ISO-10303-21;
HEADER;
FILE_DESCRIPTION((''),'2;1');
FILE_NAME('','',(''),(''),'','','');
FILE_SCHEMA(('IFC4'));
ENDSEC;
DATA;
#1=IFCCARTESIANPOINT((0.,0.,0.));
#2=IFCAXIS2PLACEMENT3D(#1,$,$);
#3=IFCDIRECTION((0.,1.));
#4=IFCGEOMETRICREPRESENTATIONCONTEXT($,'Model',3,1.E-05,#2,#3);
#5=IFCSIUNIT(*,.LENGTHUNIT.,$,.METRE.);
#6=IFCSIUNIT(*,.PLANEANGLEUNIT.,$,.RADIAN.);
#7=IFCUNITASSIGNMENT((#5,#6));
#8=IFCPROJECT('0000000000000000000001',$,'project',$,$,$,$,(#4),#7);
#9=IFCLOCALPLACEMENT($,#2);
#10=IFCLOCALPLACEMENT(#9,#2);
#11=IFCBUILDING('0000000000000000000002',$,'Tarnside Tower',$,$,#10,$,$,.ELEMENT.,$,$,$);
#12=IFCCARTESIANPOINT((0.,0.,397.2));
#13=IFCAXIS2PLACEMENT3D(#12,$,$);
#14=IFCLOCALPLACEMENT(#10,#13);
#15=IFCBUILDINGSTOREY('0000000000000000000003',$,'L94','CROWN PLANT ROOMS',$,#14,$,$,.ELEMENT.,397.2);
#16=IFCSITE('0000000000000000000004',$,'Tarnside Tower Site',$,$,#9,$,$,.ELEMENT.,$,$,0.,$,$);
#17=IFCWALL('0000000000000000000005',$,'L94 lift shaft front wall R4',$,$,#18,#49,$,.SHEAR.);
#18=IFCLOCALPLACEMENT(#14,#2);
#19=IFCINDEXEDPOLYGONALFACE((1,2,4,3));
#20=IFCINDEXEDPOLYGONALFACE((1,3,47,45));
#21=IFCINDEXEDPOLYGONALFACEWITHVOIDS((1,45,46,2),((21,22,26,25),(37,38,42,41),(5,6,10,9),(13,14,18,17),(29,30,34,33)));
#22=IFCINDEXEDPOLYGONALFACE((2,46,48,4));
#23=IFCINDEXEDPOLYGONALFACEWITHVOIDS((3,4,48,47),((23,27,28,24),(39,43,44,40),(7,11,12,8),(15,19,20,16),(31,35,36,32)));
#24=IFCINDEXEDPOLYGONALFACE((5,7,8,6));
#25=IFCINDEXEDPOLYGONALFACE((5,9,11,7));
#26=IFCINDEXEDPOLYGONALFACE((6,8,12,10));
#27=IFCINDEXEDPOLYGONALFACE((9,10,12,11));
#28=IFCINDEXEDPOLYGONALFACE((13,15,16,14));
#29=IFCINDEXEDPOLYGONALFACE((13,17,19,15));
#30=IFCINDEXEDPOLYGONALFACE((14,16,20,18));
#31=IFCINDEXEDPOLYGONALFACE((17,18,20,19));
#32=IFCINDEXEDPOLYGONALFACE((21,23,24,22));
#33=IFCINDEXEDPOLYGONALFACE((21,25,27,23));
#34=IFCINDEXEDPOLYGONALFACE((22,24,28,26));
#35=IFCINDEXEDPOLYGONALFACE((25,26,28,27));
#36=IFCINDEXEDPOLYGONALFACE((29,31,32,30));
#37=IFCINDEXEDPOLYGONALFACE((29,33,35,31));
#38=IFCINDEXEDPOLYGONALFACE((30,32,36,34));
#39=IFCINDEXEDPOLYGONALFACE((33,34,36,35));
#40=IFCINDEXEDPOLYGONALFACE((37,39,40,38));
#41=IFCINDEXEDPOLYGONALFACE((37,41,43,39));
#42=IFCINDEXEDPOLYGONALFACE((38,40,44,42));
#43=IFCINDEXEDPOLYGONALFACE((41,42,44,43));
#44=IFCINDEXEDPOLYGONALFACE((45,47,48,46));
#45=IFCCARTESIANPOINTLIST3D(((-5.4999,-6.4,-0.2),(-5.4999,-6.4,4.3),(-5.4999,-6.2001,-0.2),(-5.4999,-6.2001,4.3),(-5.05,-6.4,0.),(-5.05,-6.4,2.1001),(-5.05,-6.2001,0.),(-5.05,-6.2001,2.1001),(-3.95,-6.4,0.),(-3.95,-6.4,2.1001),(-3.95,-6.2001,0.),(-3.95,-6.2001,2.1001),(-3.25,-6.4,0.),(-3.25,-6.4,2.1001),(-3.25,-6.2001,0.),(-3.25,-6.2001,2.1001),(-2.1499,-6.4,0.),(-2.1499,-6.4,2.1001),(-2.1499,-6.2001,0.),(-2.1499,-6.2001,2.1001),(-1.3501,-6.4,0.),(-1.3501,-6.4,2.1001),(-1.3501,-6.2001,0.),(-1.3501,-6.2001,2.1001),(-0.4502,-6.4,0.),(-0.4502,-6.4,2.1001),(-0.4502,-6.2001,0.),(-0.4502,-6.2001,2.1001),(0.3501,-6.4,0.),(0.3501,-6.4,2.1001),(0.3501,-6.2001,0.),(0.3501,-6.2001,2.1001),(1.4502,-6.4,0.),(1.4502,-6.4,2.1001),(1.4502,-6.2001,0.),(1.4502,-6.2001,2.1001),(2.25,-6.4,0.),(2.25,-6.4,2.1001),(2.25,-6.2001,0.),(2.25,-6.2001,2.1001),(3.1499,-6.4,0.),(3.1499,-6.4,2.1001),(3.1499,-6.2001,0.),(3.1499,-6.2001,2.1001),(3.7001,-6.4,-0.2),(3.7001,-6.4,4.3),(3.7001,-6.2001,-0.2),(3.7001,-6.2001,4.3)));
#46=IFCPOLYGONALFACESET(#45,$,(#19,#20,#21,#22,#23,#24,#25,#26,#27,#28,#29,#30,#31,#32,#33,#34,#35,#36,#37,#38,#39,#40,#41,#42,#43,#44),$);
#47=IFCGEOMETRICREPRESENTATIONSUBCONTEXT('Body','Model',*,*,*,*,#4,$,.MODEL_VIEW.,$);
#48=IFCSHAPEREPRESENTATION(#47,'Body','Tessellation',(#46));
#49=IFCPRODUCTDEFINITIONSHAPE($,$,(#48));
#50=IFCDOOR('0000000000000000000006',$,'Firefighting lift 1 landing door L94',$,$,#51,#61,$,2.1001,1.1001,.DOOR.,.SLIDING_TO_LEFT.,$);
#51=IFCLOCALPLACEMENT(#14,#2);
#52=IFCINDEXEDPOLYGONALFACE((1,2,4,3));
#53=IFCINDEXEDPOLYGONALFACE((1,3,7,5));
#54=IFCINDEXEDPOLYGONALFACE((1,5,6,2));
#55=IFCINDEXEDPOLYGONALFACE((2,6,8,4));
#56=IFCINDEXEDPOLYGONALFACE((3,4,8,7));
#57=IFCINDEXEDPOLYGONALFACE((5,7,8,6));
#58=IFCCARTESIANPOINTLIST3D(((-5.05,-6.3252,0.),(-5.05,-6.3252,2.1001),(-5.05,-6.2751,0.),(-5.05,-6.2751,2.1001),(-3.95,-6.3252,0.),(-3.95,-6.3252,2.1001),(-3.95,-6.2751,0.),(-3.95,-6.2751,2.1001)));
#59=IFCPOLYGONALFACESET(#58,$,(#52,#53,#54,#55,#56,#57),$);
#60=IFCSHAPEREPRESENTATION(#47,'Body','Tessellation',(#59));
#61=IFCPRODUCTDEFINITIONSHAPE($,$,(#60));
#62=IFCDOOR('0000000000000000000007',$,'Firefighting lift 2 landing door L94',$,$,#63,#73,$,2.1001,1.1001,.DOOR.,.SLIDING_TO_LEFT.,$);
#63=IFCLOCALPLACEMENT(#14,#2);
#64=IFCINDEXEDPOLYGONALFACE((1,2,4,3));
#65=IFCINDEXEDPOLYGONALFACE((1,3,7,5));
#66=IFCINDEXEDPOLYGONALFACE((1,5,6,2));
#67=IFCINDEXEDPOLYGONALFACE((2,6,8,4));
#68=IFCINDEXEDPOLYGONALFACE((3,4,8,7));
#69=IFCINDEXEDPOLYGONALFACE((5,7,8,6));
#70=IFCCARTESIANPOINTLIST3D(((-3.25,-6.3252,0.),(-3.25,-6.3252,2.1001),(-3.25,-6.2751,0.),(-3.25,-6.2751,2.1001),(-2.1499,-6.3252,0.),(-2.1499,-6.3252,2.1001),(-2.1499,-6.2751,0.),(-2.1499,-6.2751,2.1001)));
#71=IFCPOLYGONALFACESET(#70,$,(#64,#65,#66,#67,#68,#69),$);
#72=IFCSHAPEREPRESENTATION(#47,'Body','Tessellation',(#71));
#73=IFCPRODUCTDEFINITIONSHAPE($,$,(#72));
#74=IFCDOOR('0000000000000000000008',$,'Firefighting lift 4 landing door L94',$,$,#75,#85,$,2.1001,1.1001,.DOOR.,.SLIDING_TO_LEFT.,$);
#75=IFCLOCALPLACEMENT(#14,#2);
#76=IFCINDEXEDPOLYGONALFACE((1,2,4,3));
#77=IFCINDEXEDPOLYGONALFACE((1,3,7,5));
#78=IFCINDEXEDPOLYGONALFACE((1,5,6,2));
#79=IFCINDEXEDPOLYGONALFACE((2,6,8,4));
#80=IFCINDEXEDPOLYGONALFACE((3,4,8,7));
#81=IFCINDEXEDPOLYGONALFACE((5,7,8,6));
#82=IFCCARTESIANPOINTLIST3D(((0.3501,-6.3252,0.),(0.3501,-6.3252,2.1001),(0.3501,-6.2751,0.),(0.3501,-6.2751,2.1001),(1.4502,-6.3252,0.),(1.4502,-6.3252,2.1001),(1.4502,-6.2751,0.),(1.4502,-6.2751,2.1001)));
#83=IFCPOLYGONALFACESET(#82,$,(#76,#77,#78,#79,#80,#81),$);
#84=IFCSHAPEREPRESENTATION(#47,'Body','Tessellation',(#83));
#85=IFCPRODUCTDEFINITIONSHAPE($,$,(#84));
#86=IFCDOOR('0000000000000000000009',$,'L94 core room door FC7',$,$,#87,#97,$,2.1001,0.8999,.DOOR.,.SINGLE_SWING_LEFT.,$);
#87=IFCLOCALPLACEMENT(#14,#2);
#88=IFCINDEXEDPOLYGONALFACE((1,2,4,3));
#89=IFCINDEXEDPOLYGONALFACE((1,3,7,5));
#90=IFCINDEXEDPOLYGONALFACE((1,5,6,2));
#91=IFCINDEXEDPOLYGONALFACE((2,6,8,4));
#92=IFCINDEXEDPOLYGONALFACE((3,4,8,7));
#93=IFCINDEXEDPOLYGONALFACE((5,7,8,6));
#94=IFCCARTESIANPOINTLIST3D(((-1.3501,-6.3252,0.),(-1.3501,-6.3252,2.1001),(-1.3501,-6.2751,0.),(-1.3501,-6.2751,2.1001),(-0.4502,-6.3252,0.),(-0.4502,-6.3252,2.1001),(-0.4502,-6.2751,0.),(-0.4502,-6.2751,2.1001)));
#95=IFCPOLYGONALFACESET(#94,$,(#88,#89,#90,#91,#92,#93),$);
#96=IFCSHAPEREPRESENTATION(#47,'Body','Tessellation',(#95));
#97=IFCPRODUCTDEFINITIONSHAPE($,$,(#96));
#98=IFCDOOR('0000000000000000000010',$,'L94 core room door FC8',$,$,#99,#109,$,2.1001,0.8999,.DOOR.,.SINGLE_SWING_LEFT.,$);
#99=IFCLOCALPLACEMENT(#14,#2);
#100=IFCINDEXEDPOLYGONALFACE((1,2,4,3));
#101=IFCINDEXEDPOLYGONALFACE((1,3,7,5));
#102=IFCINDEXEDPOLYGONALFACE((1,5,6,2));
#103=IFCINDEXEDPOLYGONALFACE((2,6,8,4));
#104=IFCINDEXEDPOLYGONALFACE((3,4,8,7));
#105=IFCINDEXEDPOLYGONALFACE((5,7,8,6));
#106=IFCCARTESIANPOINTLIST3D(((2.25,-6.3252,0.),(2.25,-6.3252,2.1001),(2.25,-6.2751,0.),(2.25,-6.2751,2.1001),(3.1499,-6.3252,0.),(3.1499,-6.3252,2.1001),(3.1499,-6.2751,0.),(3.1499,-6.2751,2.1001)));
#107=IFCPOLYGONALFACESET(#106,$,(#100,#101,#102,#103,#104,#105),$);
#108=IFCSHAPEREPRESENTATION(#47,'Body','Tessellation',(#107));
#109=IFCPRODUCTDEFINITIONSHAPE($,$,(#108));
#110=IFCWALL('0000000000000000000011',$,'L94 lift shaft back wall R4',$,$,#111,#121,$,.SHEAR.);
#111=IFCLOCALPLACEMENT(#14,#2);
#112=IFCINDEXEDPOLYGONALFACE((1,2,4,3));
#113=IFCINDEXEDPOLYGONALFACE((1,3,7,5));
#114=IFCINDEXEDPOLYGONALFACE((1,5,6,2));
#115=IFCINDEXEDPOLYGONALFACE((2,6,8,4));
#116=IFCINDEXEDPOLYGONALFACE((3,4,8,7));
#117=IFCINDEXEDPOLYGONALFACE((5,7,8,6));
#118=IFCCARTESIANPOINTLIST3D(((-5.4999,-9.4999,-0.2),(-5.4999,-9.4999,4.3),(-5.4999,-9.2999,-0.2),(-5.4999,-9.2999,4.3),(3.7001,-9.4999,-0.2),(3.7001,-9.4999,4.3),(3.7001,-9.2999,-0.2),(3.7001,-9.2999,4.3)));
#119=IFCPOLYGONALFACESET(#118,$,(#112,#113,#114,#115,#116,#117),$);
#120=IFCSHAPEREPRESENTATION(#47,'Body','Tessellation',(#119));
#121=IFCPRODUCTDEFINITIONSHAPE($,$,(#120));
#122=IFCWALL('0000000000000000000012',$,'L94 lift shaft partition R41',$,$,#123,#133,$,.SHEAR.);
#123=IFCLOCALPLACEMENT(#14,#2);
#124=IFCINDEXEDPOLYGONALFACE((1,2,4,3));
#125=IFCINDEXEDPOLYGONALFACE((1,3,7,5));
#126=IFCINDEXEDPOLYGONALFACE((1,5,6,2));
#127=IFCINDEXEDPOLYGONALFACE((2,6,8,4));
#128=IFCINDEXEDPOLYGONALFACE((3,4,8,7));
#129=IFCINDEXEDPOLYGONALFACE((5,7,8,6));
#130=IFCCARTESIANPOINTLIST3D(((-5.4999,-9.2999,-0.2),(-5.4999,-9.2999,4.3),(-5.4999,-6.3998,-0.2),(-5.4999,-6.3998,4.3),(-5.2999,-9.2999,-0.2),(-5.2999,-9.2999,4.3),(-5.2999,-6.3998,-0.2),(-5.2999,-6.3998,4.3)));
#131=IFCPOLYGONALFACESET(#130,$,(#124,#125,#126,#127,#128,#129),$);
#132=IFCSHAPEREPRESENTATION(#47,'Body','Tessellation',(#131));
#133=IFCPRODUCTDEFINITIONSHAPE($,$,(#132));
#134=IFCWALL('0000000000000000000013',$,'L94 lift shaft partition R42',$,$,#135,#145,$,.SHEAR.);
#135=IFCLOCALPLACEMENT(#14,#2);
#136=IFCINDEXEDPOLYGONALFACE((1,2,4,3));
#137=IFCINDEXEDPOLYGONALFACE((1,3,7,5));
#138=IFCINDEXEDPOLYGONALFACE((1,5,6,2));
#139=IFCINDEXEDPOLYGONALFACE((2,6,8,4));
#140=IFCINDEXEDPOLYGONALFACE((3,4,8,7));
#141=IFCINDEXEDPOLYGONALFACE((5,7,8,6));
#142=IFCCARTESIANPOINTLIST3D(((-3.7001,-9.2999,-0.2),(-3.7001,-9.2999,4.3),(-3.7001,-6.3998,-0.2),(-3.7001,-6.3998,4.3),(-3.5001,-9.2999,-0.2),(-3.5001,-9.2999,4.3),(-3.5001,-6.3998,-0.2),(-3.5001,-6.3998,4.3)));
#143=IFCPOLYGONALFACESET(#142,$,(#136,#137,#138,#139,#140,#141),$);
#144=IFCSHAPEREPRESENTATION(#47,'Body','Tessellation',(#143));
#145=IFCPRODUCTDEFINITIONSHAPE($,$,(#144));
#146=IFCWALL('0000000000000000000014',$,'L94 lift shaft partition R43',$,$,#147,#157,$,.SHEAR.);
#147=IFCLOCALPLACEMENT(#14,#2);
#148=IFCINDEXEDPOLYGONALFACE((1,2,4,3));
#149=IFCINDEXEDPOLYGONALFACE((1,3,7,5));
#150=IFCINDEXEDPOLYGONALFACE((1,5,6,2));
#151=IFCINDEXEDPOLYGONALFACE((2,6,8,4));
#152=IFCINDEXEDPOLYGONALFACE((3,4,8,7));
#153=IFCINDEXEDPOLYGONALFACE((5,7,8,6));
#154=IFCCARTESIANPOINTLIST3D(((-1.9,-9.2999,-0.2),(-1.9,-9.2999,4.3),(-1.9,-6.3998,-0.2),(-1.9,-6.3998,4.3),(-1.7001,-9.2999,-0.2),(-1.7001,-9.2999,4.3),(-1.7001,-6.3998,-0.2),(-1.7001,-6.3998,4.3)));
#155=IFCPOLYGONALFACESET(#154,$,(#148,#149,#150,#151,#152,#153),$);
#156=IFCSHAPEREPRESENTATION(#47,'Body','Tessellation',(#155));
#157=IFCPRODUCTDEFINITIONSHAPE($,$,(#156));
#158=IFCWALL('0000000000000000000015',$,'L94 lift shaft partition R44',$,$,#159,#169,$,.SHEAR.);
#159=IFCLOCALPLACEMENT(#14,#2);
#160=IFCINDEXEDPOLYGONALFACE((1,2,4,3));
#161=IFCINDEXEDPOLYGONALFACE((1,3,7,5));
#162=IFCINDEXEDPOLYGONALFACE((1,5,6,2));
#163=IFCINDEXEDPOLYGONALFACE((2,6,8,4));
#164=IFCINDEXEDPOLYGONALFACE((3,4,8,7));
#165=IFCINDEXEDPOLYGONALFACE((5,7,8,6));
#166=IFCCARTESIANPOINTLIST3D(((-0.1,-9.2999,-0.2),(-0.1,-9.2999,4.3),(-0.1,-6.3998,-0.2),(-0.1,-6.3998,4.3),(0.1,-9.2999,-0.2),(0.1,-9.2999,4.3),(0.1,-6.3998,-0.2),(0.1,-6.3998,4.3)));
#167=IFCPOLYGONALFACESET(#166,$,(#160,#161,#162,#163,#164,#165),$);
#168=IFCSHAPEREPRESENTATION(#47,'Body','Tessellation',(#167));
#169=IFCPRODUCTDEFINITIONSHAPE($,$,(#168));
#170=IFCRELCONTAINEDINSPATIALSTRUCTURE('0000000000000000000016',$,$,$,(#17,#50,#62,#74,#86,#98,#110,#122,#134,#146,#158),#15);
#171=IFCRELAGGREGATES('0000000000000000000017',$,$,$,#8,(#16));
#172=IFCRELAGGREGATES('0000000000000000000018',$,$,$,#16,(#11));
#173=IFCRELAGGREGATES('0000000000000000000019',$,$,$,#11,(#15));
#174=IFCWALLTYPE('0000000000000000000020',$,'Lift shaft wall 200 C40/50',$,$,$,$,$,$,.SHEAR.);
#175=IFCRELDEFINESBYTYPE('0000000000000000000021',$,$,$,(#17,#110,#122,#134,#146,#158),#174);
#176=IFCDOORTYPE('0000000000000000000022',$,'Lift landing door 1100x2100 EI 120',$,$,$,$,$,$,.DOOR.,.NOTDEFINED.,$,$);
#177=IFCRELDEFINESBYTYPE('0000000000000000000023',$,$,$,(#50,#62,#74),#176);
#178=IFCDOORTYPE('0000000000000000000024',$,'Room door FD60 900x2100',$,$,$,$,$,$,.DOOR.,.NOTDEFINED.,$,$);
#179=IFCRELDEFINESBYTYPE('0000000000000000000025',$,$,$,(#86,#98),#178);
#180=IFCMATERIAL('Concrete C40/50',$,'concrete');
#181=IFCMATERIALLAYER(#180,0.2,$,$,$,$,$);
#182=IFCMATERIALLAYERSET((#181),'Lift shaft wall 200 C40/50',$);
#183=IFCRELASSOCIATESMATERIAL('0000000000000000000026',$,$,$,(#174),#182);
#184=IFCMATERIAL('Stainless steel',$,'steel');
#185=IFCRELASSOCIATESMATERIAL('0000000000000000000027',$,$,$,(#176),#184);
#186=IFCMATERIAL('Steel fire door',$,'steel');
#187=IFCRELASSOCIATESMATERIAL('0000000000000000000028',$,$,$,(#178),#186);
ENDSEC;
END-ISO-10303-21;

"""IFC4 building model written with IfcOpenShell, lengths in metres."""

from ifc_helpers import new_model, si_unit, direction, frame, frame_2d, origin, place, context, subcontext, project, spatial, rectangle, extrude, material, layer, layer_set, type_object, element, fill, save


model = new_model("IFC4")

# Units and contexts
model_context = context("Model", 3, precision=1e-05, world=origin(), true_north=direction((0.0, 1.0)))
body_context = subcontext(model_context, "Body", "Model", "MODEL_VIEW")
ifc_project = project(units=[si_unit("LENGTHUNIT", "METRE"), si_unit("PLANEANGLEUNIT", "RADIAN")], contexts=[model_context])

# Site, building, storey
site_placement = place(None, origin())
site = spatial("IfcSite", under=ifc_project, at=site_placement, Name="Tarnside Tower Site", CompositionType="ELEMENT", RefElevation=0.0)
building_placement = place(site_placement, origin())
building = spatial("IfcBuilding", under=site, at=building_placement, Name="Tarnside Tower", CompositionType="ELEMENT")
storey_placement = place(building_placement, frame((0.0, 0.0, 397.2)))
storey = spatial("IfcBuildingStorey", under=building, at=storey_placement, Name="L94", Description="CROWN PLANT ROOMS", CompositionType="ELEMENT", Elevation=397.2)

# Shared definitions
ifc_material_1 = material(Name="Concrete C40/50", Category="concrete")
ifc_layer_1 = layer(ifc_material_1, 0.2)
ifc_layer_set_1 = layer_set([ifc_layer_1], Name="Lift shaft wall 200 C40/50")
wall_type_1 = type_object("IfcWallType", Name="Lift shaft wall 200 C40/50", PredefinedType="SHEAR", material=ifc_layer_set_1)

# Wall, openings, doors
wall_1_placement = place(storey_placement, frame((-5.5, -6.3, -0.2), z_axis=(0.0, 0.0, 1.0), x_axis=(1.0, 0.0, 0.0)))
wall_1 = element("IfcWall", 1, at=wall_1_placement, inside=storey, type_object=wall_type_1, Name="L94 lift shaft front wall R4", PredefinedType="SHEAR", context=body_context, shape_type="SweptSolid", body=[
    extrude(rectangle(XDim=9.2, YDim=0.2, at=frame_2d((4.6001, 0.0))), origin(), (0.0, 0.0, 1.0), 4.5),
])
opening_1_placement = place(wall_1_placement, frame((4.1499, 0.0, 0.2)))
opening_1 = element("IfcOpeningElement", 2, at=opening_1_placement, cuts=wall_1, PredefinedType="OPENING", context=body_context, shape_type="SweptSolid", body=[
    extrude(rectangle(XDim=0.8999, YDim=2.1001, at=frame_2d((0.45, 1.05))), frame((0.0, 0.1099, 0.0), z_axis=(0.0, -1.0, 0.0), x_axis=(1.0, 0.0, 0.0)), (0.0, 0.0, 1.0), 0.22),
])
opening_2_placement = place(wall_1_placement, frame((7.75, 0.0, 0.2)))
opening_2 = element("IfcOpeningElement", 3, at=opening_2_placement, cuts=wall_1, PredefinedType="OPENING", context=body_context, shape_type="SweptSolid", body=[
    extrude(rectangle(XDim=0.8999, YDim=2.1001, at=frame_2d((0.45, 1.05))), frame((0.0, 0.1099, 0.0), z_axis=(0.0, -1.0, 0.0), x_axis=(1.0, 0.0, 0.0)), (0.0, 0.0, 1.0), 0.22),
])
opening_3_placement = place(wall_1_placement, frame((0.45, 0.0, 0.2)))
opening_3 = element("IfcOpeningElement", 4, at=opening_3_placement, cuts=wall_1, PredefinedType="OPENING", context=body_context, shape_type="SweptSolid", body=[
    extrude(rectangle(XDim=1.1001, YDim=2.1001, at=frame_2d((0.55, 1.05))), frame((0.0, 0.1099, 0.0), z_axis=(0.0, -1.0, 0.0), x_axis=(1.0, 0.0, 0.0)), (0.0, 0.0, 1.0), 0.22),
])
opening_4_placement = place(wall_1_placement, frame((2.25, 0.0, 0.2)))
opening_4 = element("IfcOpeningElement", 5, at=opening_4_placement, cuts=wall_1, PredefinedType="OPENING", context=body_context, shape_type="SweptSolid", body=[
    extrude(rectangle(XDim=1.1001, YDim=2.1001, at=frame_2d((0.55, 1.05))), frame((0.0, 0.1099, 0.0), z_axis=(0.0, -1.0, 0.0), x_axis=(1.0, 0.0, 0.0)), (0.0, 0.0, 1.0), 0.22),
])
opening_5_placement = place(wall_1_placement, frame((5.8501, 0.0, 0.2)))
opening_5 = element("IfcOpeningElement", 6, at=opening_5_placement, cuts=wall_1, PredefinedType="OPENING", context=body_context, shape_type="SweptSolid", body=[
    extrude(rectangle(XDim=1.1001, YDim=2.1001, at=frame_2d((0.55, 1.05))), frame((0.0, 0.1099, 0.0), z_axis=(0.0, -1.0, 0.0), x_axis=(1.0, 0.0, 0.0)), (0.0, 0.0, 1.0), 0.22),
])
ifc_material_2 = material(Name="Stainless steel", Category="steel")
door_type_1 = type_object("IfcDoorType", Name="Lift landing door 1100x2100 EI 120", OperationType="NOTDEFINED", PredefinedType="DOOR", material=ifc_material_2)
door_1_placement = place(opening_3_placement, origin())
door_1 = element("IfcDoor", 7, at=door_1_placement, inside=storey, type_object=door_type_1, Name="Firefighting lift 1 landing door L94", OperationType="SLIDING_TO_LEFT", OverallHeight=2.1001, OverallWidth=1.1001, PredefinedType="DOOR", context=body_context, shape_type="SweptSolid", body=[
    extrude(rectangle(XDim=1.1001, YDim=2.1001, at=frame_2d((0.55, 1.05))), frame((0.0, 0.0249, 0.0), z_axis=(0.0, -1.0, 0.0), x_axis=(1.0, 0.0, 0.0)), (0.0, 0.0, 1.0), 0.05),
])
fill(opening_3, door_1)
door_2_placement = place(opening_4_placement, origin())
door_2 = element("IfcDoor", 8, at=door_2_placement, inside=storey, type_object=door_type_1, Name="Firefighting lift 2 landing door L94", OperationType="SLIDING_TO_LEFT", OverallHeight=2.1001, OverallWidth=1.1001, PredefinedType="DOOR", context=body_context, shape_type="SweptSolid", body=[
    extrude(rectangle(XDim=1.1001, YDim=2.1001, at=frame_2d((0.55, 1.05))), frame((0.0, 0.0249, 0.0), z_axis=(0.0, -1.0, 0.0), x_axis=(1.0, 0.0, 0.0)), (0.0, 0.0, 1.0), 0.05),
])
fill(opening_4, door_2)
door_3_placement = place(opening_5_placement, origin())
door_3 = element("IfcDoor", 9, at=door_3_placement, inside=storey, type_object=door_type_1, Name="Firefighting lift 4 landing door L94", OperationType="SLIDING_TO_LEFT", OverallHeight=2.1001, OverallWidth=1.1001, PredefinedType="DOOR", context=body_context, shape_type="SweptSolid", body=[
    extrude(rectangle(XDim=1.1001, YDim=2.1001, at=frame_2d((0.55, 1.05))), frame((0.0, 0.0249, 0.0), z_axis=(0.0, -1.0, 0.0), x_axis=(1.0, 0.0, 0.0)), (0.0, 0.0, 1.0), 0.05),
])
fill(opening_5, door_3)
ifc_material_3 = material(Name="Steel fire door", Category="steel")
door_type_2 = type_object("IfcDoorType", Name="Room door FD60 900x2100", OperationType="NOTDEFINED", PredefinedType="DOOR", material=ifc_material_3)
door_4_placement = place(opening_1_placement, origin())
door_4 = element("IfcDoor", 10, at=door_4_placement, inside=storey, type_object=door_type_2, Name="L94 core room door FC7", OperationType="SINGLE_SWING_LEFT", OverallHeight=2.1001, OverallWidth=0.8999, PredefinedType="DOOR", context=body_context, shape_type="SweptSolid", body=[
    extrude(rectangle(XDim=0.8999, YDim=2.1001, at=frame_2d((0.45, 1.05))), frame((0.0, 0.0249, 0.0), z_axis=(0.0, -1.0, 0.0), x_axis=(1.0, 0.0, 0.0)), (0.0, 0.0, 1.0), 0.05),
])
fill(opening_1, door_4)
door_5_placement = place(opening_2_placement, origin())
door_5 = element("IfcDoor", 11, at=door_5_placement, inside=storey, type_object=door_type_2, Name="L94 core room door FC8", OperationType="SINGLE_SWING_LEFT", OverallHeight=2.1001, OverallWidth=0.8999, PredefinedType="DOOR", context=body_context, shape_type="SweptSolid", body=[
    extrude(rectangle(XDim=0.8999, YDim=2.1001, at=frame_2d((0.45, 1.05))), frame((0.0, 0.0249, 0.0), z_axis=(0.0, -1.0, 0.0), x_axis=(1.0, 0.0, 0.0)), (0.0, 0.0, 1.0), 0.05),
])
fill(opening_2, door_5)

# Walls
wall_2_placement = place(storey_placement, frame((-5.5, -9.3999, -0.2), z_axis=(0.0, 0.0, 1.0), x_axis=(1.0, 0.0, 0.0)))
element("IfcWall", 12, at=wall_2_placement, inside=storey, type_object=wall_type_1, Name="L94 lift shaft back wall R4", PredefinedType="SHEAR", context=body_context, shape_type="SweptSolid", body=[
    extrude(rectangle(XDim=9.2, YDim=0.2, at=frame_2d((4.6001, 0.0))), origin(), (0.0, 0.0, 1.0), 4.5),
])
for number, where, z_axis, x_axis, name in (
    (13, (-5.3999, -9.3, -0.2), (0.0, 0.0, 1.0), (0.0, 1.0, 0.0), "L94 lift shaft partition R41"),
    (14, (-3.6001, -9.3, -0.2), (0.0, 0.0, 1.0), (0.0, 1.0, 0.0), "L94 lift shaft partition R42"),
    (15, (-1.8, -9.3, -0.2), (0.0, 0.0, 1.0), (0.0, 1.0, 0.0), "L94 lift shaft partition R43"),
    (16, (0.0, -9.3, -0.2), (0.0, 0.0, 1.0), (0.0, 1.0, 0.0), "L94 lift shaft partition R44"),
):
    element("IfcWall", number, at=place(storey_placement, frame(where, z_axis=z_axis, x_axis=x_axis)), inside=storey, type_object=wall_type_1, Name=name, PredefinedType="SHEAR", context=body_context, shape_type="SweptSolid", body=[
        extrude(rectangle(XDim=2.9001, YDim=0.2, at=frame_2d((1.4502, 0.0))), origin(), (0.0, 0.0, 1.0), 4.5),
    ])

save(model, "model.ifc")
